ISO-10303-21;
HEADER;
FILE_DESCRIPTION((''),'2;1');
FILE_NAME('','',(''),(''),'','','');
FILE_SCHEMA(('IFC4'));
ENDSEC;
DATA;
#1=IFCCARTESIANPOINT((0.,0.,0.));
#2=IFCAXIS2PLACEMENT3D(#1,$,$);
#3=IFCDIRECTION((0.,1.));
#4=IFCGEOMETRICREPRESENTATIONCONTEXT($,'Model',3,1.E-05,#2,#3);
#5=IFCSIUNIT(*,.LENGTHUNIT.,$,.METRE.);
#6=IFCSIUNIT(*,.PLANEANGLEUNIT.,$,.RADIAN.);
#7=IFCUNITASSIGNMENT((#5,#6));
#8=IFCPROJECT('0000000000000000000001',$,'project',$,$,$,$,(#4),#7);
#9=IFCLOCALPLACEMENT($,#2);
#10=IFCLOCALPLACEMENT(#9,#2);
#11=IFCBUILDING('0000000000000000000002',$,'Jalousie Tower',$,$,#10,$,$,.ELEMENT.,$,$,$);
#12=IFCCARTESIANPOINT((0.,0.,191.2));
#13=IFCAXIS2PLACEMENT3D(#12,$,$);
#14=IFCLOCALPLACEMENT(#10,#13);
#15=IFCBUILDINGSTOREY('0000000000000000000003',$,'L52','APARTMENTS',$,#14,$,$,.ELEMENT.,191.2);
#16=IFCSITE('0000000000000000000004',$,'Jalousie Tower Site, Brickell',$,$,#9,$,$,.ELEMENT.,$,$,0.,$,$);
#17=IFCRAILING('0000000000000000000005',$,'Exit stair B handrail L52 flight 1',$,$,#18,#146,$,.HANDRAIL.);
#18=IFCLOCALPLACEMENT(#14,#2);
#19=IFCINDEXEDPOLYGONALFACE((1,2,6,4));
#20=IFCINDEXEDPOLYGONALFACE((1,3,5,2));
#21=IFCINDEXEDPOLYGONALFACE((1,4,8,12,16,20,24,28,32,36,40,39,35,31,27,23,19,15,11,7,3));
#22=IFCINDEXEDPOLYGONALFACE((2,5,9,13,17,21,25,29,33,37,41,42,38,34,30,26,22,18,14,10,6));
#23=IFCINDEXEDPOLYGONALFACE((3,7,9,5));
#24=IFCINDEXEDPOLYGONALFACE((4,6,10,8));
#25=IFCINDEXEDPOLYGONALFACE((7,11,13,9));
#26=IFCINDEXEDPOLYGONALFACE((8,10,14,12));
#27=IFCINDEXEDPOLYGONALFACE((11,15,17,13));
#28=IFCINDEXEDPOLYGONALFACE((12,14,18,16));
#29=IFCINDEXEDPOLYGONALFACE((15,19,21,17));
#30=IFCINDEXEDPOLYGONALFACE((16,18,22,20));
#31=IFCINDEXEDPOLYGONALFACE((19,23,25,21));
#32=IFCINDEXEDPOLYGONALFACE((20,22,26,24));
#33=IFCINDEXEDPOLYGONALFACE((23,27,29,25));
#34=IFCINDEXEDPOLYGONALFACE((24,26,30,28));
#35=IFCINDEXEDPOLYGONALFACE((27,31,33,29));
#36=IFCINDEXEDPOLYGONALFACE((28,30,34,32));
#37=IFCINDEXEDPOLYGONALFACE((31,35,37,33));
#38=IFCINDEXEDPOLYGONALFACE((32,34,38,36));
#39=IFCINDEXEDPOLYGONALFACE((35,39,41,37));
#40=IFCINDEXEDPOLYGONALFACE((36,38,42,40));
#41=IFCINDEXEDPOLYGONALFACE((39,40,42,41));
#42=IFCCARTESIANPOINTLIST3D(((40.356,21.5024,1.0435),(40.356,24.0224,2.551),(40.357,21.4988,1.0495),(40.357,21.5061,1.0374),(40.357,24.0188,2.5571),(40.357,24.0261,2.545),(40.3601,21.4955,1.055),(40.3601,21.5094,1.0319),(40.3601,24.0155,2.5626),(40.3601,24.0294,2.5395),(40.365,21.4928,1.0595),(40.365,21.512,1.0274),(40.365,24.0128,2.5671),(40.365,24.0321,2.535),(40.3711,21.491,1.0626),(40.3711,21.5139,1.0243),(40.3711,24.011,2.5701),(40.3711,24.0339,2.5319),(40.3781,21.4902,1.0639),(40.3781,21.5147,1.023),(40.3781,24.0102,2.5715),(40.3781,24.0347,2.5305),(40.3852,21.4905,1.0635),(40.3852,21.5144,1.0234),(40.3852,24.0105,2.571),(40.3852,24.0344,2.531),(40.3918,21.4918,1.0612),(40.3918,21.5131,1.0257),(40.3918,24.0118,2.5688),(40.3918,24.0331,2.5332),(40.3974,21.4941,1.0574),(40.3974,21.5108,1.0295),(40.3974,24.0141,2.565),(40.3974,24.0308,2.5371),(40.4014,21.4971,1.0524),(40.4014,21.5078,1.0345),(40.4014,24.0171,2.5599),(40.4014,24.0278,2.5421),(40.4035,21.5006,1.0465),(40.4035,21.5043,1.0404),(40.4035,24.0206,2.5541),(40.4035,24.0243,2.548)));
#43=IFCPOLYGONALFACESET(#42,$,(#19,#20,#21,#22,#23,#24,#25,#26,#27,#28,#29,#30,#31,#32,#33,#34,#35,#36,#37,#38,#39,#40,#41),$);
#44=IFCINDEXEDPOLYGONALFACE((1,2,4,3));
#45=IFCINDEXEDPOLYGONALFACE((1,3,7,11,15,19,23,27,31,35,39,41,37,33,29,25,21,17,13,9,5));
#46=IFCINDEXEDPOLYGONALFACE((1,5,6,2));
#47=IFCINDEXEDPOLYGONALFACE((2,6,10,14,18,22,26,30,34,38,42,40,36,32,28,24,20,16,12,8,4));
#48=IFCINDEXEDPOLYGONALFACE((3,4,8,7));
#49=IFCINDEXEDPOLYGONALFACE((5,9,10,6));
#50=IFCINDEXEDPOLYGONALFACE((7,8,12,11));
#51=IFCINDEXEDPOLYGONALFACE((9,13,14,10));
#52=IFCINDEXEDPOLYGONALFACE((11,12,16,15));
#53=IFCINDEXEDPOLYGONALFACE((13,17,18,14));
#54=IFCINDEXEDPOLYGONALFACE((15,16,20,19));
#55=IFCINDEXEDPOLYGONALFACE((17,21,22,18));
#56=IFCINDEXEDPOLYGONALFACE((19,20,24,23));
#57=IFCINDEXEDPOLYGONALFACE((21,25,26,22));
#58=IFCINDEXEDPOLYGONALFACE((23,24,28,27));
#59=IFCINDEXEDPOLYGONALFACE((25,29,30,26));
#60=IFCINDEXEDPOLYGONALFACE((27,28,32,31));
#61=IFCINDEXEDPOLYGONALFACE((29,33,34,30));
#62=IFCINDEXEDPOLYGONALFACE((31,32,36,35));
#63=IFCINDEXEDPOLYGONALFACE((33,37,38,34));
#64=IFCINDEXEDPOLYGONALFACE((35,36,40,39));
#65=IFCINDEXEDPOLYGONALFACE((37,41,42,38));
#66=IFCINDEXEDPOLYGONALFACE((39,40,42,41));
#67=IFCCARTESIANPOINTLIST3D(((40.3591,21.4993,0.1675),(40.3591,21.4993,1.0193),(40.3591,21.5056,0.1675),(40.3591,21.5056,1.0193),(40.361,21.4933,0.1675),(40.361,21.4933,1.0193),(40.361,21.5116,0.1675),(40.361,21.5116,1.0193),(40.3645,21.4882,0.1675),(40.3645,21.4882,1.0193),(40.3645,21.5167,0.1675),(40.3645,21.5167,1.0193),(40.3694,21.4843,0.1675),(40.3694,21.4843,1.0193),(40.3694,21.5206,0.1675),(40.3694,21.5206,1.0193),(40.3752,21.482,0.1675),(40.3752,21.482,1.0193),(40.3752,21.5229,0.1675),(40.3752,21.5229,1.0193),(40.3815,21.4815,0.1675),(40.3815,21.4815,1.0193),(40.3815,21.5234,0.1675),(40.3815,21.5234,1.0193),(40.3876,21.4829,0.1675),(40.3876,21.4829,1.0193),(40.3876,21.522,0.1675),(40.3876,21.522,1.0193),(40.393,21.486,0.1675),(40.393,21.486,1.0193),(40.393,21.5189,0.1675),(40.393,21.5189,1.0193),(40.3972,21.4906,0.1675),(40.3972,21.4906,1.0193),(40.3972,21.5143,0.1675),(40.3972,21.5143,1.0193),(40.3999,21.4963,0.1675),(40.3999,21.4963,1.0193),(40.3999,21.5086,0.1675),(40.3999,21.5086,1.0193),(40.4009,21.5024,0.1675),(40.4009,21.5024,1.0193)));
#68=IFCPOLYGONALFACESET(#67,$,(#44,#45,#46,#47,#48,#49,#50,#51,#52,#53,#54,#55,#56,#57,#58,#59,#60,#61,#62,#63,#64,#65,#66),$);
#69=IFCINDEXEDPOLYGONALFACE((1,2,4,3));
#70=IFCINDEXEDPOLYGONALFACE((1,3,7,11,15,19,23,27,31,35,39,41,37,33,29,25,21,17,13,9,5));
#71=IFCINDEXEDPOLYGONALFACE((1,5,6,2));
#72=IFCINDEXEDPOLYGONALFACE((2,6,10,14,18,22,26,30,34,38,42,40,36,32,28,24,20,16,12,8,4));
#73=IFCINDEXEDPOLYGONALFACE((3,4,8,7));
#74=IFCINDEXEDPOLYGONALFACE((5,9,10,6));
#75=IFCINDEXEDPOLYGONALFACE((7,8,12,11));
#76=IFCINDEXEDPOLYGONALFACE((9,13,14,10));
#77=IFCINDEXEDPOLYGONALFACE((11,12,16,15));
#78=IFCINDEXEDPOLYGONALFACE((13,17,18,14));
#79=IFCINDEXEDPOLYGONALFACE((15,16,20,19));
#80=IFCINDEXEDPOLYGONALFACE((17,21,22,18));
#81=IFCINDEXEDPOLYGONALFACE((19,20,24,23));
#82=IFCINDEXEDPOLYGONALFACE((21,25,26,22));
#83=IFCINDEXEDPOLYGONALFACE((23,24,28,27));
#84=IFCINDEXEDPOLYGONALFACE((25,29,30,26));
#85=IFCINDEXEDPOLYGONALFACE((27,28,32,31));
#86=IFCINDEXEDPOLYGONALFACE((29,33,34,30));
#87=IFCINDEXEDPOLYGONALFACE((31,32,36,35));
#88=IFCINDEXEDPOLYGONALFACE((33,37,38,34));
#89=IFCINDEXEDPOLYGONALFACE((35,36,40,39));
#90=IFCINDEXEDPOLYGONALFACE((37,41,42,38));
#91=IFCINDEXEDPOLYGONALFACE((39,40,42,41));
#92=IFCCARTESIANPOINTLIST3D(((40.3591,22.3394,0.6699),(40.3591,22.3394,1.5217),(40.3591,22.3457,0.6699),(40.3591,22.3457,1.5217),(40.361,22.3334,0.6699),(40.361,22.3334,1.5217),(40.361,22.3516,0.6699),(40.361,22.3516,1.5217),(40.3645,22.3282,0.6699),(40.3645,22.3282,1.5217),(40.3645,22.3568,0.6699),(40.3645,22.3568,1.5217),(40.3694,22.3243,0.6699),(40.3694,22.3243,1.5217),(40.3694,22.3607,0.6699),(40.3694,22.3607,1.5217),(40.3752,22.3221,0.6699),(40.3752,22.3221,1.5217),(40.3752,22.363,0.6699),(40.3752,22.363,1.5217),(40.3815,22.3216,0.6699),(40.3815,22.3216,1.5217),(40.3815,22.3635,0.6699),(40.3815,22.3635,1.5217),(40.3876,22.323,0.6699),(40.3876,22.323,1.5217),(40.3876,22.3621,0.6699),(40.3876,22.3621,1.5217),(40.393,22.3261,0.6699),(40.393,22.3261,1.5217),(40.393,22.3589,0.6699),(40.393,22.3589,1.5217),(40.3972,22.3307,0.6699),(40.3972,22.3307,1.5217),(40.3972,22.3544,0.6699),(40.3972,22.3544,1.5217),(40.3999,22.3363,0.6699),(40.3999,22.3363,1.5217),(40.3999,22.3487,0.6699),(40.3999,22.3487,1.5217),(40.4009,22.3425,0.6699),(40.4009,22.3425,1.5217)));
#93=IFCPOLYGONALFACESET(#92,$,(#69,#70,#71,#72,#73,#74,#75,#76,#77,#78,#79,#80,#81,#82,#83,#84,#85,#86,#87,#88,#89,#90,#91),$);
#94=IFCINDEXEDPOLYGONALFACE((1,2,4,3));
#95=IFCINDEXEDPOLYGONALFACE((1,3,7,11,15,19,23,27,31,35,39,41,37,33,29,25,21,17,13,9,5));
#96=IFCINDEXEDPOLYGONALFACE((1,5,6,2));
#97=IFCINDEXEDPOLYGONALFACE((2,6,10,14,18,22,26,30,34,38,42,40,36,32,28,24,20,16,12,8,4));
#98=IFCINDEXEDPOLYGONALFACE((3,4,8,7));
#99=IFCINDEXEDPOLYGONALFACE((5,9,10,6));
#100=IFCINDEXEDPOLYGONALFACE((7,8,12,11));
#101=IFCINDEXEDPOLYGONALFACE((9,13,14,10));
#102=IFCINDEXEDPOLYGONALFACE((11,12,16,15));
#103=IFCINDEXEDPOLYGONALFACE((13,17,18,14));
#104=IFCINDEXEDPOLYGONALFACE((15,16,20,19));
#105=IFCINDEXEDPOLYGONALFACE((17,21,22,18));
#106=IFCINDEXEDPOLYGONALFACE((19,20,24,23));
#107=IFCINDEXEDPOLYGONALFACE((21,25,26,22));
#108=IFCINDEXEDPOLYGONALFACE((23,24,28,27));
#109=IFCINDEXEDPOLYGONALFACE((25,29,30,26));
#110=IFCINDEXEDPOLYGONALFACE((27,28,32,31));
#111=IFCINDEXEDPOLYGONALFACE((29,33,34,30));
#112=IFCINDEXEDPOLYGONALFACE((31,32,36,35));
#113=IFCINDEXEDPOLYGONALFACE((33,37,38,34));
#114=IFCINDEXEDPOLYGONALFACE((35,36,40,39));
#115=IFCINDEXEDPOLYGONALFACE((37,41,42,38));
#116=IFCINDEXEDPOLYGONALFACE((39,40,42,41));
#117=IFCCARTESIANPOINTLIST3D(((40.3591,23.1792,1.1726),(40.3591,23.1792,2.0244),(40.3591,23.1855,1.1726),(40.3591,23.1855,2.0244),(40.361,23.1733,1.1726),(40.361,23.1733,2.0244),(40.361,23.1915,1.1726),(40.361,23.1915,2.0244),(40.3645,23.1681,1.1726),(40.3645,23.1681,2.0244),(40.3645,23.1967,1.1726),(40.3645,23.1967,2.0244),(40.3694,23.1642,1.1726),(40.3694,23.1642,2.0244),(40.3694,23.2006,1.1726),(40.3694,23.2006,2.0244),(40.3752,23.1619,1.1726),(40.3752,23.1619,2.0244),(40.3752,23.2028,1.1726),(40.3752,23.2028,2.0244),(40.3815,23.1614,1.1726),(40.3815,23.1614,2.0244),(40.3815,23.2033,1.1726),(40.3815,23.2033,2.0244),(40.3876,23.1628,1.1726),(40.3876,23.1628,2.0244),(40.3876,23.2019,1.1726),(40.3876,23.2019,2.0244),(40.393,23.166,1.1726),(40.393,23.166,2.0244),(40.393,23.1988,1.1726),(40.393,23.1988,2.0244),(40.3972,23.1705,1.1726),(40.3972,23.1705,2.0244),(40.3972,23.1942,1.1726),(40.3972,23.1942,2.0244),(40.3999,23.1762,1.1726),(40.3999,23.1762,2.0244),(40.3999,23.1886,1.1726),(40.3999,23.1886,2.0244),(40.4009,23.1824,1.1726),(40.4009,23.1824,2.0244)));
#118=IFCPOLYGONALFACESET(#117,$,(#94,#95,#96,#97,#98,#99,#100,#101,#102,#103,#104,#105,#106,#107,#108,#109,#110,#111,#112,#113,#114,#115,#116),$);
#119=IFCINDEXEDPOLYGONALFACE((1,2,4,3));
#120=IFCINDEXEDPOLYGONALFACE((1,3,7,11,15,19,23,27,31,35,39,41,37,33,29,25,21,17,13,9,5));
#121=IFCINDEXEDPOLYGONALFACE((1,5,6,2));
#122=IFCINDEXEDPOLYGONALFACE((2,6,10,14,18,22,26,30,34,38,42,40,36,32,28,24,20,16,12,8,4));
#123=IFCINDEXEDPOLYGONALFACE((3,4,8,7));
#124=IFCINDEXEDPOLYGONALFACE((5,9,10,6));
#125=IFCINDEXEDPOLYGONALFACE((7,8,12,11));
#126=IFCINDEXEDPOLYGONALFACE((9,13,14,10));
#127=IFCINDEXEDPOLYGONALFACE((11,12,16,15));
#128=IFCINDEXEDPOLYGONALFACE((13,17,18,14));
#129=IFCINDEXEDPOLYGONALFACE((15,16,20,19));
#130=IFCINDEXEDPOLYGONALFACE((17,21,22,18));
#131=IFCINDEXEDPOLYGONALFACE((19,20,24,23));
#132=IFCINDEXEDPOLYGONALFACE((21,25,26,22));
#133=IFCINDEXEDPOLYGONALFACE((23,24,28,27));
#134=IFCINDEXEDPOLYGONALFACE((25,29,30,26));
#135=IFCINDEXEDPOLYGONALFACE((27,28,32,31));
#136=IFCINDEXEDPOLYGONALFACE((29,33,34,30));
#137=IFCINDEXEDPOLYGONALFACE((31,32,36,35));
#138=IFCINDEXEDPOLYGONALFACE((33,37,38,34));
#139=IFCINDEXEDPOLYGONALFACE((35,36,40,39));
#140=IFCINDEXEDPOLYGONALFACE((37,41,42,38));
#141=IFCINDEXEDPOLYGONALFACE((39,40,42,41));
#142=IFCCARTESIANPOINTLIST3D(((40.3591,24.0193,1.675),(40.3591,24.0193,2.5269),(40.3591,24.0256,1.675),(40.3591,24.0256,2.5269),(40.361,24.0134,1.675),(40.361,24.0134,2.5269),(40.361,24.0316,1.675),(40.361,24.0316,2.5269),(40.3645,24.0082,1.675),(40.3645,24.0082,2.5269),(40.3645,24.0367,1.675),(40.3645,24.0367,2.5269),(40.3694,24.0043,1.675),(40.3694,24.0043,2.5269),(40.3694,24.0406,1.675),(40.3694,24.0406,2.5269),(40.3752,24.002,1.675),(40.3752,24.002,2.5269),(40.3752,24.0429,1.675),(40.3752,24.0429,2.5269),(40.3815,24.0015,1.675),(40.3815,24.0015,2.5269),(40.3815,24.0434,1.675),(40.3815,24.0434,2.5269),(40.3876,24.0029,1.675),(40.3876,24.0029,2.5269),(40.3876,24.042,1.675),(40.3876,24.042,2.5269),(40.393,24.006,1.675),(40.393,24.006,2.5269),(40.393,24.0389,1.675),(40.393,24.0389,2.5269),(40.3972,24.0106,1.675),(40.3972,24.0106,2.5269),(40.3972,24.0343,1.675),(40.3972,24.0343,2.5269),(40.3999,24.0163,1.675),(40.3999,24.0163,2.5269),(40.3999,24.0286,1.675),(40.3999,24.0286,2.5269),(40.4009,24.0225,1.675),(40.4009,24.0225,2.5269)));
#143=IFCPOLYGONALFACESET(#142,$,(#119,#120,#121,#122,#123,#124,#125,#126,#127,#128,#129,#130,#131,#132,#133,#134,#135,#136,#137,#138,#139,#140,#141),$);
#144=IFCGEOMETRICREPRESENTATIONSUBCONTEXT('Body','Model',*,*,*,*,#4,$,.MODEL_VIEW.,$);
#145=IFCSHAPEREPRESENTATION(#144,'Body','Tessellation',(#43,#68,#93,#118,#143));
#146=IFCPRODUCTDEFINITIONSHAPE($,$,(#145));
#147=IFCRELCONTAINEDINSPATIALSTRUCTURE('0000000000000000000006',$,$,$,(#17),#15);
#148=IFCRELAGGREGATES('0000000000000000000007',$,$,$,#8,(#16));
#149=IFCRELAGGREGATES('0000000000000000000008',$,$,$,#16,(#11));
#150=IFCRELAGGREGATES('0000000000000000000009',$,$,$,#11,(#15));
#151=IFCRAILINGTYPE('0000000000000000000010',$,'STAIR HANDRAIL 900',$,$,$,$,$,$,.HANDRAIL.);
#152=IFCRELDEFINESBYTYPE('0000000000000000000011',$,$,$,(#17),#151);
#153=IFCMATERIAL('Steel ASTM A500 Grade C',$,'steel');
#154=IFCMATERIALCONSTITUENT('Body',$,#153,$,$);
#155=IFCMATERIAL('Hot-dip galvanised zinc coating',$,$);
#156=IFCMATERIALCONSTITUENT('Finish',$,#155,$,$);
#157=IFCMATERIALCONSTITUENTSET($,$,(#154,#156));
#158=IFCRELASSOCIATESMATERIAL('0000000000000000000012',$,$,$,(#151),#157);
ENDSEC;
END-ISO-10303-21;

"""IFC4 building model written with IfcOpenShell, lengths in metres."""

from ifc_helpers import new_model, si_unit, direction, frame, origin, origin_2d, place, context, subcontext, project, spatial, circle, extrude, material, constituent, constituent_set, type_object, element, save


model = new_model("IFC4")

# Units and contexts
model_context = context("Model", 3, precision=1e-05, world=origin(), true_north=direction((0.0, 1.0)))
body_context = subcontext(model_context, "Body", "Model", "MODEL_VIEW")
ifc_project = project(units=[si_unit("LENGTHUNIT", "METRE"), si_unit("PLANEANGLEUNIT", "RADIAN")], contexts=[model_context])

# Site, building, storey
site_placement = place(None, origin())
site = spatial("IfcSite", under=ifc_project, at=site_placement, Name="Jalousie Tower Site, Brickell", CompositionType="ELEMENT", RefElevation=0.0)
building_placement = place(site_placement, origin())
building = spatial("IfcBuilding", under=site, at=building_placement, Name="Jalousie Tower", CompositionType="ELEMENT")
storey_placement = place(building_placement, frame((0.0, 0.0, 191.2)))
storey = spatial("IfcBuildingStorey", under=building, at=storey_placement, Name="L52", Description="APARTMENTS", CompositionType="ELEMENT", Elevation=191.2)

# Railing
ifc_material_1 = material(Name="Steel ASTM A500 Grade C", Category="steel")
ifc_constituent_1 = constituent(ifc_material_1, Name="Body")
ifc_material_2 = material(Name="Hot-dip galvanised zinc coating")
ifc_constituent_2 = constituent(ifc_material_2, Name="Finish")
ifc_constituent_set_1 = constituent_set(constituents=[ifc_constituent_1, ifc_constituent_2])
railing_type_1 = type_object("IfcRailingType", Name="STAIR HANDRAIL 900", PredefinedType="HANDRAIL", material=ifc_constituent_set_1)
railing_1_placement = place(storey_placement, frame((40.3799, 21.5024, 0.1675)))
element("IfcRailing", 1, at=railing_1_placement, inside=storey, type_object=railing_type_1, Name="Exit stair B handrail L52 flight 1", PredefinedType="HANDRAIL", context=body_context, shape_type="SweptSolid", body=[
    extrude(circle(Radius=0.0239, at=origin_2d()), frame((0.0, 0.0, 0.876), z_axis=(0.0, 0.85816, 0.513383), x_axis=(-1.0, 0.0, 0.0)), (0.0, 0.0, 1.0), 2.9365),
    extrude(circle(Radius=0.021, at=origin_2d()), origin(), (0.0, 0.0, 1.0), 0.8518),
    extrude(circle(Radius=0.021, at=origin_2d()), frame((0.0, 0.8401, 0.5024)), (0.0, 0.0, 1.0), 0.8518),
    extrude(circle(Radius=0.021, at=origin_2d()), frame((0.0, 1.6799, 1.0051)), (0.0, 0.0, 1.0), 0.8518),
    extrude(circle(Radius=0.021, at=origin_2d()), frame((0.0, 2.52, 1.5076)), (0.0, 0.0, 1.0), 0.8518),
])

save(model, "model.ifc")
